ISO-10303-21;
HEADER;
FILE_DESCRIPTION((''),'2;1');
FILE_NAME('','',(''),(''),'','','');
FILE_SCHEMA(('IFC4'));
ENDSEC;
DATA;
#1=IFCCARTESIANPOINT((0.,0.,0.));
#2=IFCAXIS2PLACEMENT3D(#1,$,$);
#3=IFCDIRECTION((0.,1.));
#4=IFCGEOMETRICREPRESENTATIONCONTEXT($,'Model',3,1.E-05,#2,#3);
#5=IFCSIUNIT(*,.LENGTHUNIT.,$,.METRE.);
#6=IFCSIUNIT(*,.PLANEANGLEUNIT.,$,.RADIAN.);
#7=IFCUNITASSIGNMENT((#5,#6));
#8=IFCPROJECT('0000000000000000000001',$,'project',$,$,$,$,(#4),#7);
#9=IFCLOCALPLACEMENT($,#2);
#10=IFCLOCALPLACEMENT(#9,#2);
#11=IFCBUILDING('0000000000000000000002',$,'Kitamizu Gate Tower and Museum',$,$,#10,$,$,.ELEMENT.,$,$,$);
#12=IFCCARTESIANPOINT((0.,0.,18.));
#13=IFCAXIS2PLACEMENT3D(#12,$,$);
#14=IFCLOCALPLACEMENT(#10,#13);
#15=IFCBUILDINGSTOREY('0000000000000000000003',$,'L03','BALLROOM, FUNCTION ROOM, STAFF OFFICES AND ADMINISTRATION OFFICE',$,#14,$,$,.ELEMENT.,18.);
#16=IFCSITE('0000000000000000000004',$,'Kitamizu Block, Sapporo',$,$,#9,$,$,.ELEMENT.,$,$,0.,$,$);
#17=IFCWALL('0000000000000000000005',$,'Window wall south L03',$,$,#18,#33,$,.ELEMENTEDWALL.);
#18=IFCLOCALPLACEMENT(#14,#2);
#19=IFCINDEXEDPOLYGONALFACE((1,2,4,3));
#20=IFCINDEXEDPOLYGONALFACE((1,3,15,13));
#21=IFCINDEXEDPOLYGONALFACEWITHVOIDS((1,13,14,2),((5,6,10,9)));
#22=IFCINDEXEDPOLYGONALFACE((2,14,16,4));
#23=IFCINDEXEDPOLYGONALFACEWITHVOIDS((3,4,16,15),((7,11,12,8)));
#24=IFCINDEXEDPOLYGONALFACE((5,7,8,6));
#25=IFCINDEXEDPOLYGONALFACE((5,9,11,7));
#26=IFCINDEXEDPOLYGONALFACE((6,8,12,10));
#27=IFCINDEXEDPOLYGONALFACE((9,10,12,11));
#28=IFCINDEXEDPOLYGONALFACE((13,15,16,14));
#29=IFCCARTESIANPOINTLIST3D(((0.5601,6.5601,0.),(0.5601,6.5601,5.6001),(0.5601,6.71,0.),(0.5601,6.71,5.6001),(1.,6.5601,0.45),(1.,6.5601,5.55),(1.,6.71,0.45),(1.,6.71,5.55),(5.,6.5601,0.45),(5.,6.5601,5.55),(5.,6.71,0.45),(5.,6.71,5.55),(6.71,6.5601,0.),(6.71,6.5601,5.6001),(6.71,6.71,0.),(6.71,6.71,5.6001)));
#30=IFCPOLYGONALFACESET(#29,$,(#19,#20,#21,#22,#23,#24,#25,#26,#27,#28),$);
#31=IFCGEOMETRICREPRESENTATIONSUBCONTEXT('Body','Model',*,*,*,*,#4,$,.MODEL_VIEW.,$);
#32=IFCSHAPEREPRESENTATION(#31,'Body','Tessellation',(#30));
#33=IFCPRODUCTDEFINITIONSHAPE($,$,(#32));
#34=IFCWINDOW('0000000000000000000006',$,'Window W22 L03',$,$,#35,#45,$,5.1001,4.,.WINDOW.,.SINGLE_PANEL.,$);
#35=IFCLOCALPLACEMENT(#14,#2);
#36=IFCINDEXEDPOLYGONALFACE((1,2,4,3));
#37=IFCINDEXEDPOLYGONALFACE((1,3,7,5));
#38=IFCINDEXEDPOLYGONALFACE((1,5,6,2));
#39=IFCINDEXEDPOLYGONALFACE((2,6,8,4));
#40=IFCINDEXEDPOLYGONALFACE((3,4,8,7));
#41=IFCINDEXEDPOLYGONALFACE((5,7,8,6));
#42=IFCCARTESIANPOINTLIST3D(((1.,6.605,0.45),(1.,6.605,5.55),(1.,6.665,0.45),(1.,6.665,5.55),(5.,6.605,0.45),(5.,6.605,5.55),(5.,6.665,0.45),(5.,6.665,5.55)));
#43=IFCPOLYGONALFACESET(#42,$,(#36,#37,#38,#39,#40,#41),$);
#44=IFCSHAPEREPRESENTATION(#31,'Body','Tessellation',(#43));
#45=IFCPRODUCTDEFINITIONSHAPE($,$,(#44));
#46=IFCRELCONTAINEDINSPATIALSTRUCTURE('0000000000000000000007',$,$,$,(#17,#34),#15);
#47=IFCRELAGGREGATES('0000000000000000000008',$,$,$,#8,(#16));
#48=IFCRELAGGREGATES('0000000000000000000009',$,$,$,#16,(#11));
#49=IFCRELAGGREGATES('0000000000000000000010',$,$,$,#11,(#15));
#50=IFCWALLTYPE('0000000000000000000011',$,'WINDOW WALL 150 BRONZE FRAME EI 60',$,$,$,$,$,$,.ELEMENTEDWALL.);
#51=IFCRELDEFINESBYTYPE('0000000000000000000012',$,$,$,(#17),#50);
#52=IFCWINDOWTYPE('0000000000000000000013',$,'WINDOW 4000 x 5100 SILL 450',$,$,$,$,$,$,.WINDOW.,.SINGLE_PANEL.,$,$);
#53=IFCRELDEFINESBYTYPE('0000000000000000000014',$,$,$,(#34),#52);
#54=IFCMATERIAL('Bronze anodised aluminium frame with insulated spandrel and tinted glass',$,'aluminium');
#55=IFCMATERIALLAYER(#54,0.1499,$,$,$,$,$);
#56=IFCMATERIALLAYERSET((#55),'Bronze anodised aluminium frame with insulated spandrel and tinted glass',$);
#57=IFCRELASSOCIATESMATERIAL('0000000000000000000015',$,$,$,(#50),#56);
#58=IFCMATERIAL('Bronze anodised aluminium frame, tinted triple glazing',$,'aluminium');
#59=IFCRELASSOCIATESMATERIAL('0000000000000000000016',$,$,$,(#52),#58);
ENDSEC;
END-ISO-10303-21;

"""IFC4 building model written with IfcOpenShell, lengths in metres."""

from ifc_helpers import new_model, si_unit, direction, frame, frame_2d, origin, place, context, subcontext, project, spatial, rectangle, extrude, material, layer, layer_set, type_object, element, fill, save


model = new_model("IFC4")

# Units and contexts
model_context = context("Model", 3, precision=1e-05, world=origin(), true_north=direction((0.0, 1.0)))
body_context = subcontext(model_context, "Body", "Model", "MODEL_VIEW")
ifc_project = project(units=[si_unit("LENGTHUNIT", "METRE"), si_unit("PLANEANGLEUNIT", "RADIAN")], contexts=[model_context])

# Site, building, storey
site_placement = place(None, origin())
site = spatial("IfcSite", under=ifc_project, at=site_placement, Name="Kitamizu Block, Sapporo", CompositionType="ELEMENT", RefElevation=0.0)
building_placement = place(site_placement, origin())
building = spatial("IfcBuilding", under=site, at=building_placement, Name="Kitamizu Gate Tower and Museum", CompositionType="ELEMENT")
storey_placement = place(building_placement, frame((0.0, 0.0, 18.0)))
storey = spatial("IfcBuildingStorey", under=building, at=storey_placement, Name="L03", Description="BALLROOM, FUNCTION ROOM, STAFF OFFICES AND ADMINISTRATION OFFICE", CompositionType="ELEMENT", Elevation=18.0)

# Shared definitions
ifc_material_1 = material(Name="Bronze anodised aluminium frame with insulated spandrel and tinted glass", Category="aluminium")
ifc_layer_1 = layer(ifc_material_1, 0.1499)
ifc_layer_set_1 = layer_set([ifc_layer_1], Name="Bronze anodised aluminium frame with insulated spandrel and tinted glass")
wall_type_1 = type_object("IfcWallType", Name="WINDOW WALL 150 BRONZE FRAME EI 60", PredefinedType="ELEMENTEDWALL", material=ifc_layer_set_1)

# Wall, opening, window
wall_1_placement = place(storey_placement, frame((0.5601, 6.635, 0.0), z_axis=(0.0, 0.0, 1.0), x_axis=(1.0, 0.0, 0.0)))
wall_1 = element("IfcWall", 1, at=wall_1_placement, inside=storey, type_object=wall_type_1, Name="Window wall south L03", PredefinedType="ELEMENTEDWALL", context=body_context, shape_type="SweptSolid", body=[
    extrude(rectangle(XDim=6.1499, YDim=0.1499, at=frame_2d((3.075, 0.0))), origin(), (0.0, 0.0, 1.0), 5.6001),
])
opening_1_placement = place(wall_1_placement, frame((0.4399, 0.0, 0.45)))
opening_1 = element("IfcOpeningElement", 2, at=opening_1_placement, cuts=wall_1, PredefinedType="OPENING", context=body_context, shape_type="SweptSolid", body=[
    extrude(rectangle(XDim=4.0, YDim=5.1001, at=frame_2d((2.0, 2.55))), frame((0.0, 0.085, 0.0), z_axis=(0.0, -1.0, 0.0), x_axis=(1.0, 0.0, 0.0)), (0.0, 0.0, 1.0), 0.1699),
])
ifc_material_2 = material(Name="Bronze anodised aluminium frame, tinted triple glazing", Category="aluminium")
window_type_1 = type_object("IfcWindowType", Name="WINDOW 4000 x 5100 SILL 450", PartitioningType="SINGLE_PANEL", PredefinedType="WINDOW", material=ifc_material_2)
window_1_placement = place(opening_1_placement, origin())
window_1 = element("IfcWindow", 3, at=window_1_placement, inside=storey, type_object=window_type_1, Name="Window W22 L03", OverallHeight=5.1001, OverallWidth=4.0, PartitioningType="SINGLE_PANEL", PredefinedType="WINDOW", context=body_context, shape_type="SweptSolid", body=[
    extrude(rectangle(XDim=4.0, YDim=5.1001, at=frame_2d((2.0, 2.55))), frame((0.0, 0.03, 0.0), z_axis=(0.0, -1.0, 0.0), x_axis=(1.0, 0.0, 0.0)), (0.0, 0.0, 1.0), 0.0601),
])
fill(opening_1, window_1)

save(model, "model.ifc")
